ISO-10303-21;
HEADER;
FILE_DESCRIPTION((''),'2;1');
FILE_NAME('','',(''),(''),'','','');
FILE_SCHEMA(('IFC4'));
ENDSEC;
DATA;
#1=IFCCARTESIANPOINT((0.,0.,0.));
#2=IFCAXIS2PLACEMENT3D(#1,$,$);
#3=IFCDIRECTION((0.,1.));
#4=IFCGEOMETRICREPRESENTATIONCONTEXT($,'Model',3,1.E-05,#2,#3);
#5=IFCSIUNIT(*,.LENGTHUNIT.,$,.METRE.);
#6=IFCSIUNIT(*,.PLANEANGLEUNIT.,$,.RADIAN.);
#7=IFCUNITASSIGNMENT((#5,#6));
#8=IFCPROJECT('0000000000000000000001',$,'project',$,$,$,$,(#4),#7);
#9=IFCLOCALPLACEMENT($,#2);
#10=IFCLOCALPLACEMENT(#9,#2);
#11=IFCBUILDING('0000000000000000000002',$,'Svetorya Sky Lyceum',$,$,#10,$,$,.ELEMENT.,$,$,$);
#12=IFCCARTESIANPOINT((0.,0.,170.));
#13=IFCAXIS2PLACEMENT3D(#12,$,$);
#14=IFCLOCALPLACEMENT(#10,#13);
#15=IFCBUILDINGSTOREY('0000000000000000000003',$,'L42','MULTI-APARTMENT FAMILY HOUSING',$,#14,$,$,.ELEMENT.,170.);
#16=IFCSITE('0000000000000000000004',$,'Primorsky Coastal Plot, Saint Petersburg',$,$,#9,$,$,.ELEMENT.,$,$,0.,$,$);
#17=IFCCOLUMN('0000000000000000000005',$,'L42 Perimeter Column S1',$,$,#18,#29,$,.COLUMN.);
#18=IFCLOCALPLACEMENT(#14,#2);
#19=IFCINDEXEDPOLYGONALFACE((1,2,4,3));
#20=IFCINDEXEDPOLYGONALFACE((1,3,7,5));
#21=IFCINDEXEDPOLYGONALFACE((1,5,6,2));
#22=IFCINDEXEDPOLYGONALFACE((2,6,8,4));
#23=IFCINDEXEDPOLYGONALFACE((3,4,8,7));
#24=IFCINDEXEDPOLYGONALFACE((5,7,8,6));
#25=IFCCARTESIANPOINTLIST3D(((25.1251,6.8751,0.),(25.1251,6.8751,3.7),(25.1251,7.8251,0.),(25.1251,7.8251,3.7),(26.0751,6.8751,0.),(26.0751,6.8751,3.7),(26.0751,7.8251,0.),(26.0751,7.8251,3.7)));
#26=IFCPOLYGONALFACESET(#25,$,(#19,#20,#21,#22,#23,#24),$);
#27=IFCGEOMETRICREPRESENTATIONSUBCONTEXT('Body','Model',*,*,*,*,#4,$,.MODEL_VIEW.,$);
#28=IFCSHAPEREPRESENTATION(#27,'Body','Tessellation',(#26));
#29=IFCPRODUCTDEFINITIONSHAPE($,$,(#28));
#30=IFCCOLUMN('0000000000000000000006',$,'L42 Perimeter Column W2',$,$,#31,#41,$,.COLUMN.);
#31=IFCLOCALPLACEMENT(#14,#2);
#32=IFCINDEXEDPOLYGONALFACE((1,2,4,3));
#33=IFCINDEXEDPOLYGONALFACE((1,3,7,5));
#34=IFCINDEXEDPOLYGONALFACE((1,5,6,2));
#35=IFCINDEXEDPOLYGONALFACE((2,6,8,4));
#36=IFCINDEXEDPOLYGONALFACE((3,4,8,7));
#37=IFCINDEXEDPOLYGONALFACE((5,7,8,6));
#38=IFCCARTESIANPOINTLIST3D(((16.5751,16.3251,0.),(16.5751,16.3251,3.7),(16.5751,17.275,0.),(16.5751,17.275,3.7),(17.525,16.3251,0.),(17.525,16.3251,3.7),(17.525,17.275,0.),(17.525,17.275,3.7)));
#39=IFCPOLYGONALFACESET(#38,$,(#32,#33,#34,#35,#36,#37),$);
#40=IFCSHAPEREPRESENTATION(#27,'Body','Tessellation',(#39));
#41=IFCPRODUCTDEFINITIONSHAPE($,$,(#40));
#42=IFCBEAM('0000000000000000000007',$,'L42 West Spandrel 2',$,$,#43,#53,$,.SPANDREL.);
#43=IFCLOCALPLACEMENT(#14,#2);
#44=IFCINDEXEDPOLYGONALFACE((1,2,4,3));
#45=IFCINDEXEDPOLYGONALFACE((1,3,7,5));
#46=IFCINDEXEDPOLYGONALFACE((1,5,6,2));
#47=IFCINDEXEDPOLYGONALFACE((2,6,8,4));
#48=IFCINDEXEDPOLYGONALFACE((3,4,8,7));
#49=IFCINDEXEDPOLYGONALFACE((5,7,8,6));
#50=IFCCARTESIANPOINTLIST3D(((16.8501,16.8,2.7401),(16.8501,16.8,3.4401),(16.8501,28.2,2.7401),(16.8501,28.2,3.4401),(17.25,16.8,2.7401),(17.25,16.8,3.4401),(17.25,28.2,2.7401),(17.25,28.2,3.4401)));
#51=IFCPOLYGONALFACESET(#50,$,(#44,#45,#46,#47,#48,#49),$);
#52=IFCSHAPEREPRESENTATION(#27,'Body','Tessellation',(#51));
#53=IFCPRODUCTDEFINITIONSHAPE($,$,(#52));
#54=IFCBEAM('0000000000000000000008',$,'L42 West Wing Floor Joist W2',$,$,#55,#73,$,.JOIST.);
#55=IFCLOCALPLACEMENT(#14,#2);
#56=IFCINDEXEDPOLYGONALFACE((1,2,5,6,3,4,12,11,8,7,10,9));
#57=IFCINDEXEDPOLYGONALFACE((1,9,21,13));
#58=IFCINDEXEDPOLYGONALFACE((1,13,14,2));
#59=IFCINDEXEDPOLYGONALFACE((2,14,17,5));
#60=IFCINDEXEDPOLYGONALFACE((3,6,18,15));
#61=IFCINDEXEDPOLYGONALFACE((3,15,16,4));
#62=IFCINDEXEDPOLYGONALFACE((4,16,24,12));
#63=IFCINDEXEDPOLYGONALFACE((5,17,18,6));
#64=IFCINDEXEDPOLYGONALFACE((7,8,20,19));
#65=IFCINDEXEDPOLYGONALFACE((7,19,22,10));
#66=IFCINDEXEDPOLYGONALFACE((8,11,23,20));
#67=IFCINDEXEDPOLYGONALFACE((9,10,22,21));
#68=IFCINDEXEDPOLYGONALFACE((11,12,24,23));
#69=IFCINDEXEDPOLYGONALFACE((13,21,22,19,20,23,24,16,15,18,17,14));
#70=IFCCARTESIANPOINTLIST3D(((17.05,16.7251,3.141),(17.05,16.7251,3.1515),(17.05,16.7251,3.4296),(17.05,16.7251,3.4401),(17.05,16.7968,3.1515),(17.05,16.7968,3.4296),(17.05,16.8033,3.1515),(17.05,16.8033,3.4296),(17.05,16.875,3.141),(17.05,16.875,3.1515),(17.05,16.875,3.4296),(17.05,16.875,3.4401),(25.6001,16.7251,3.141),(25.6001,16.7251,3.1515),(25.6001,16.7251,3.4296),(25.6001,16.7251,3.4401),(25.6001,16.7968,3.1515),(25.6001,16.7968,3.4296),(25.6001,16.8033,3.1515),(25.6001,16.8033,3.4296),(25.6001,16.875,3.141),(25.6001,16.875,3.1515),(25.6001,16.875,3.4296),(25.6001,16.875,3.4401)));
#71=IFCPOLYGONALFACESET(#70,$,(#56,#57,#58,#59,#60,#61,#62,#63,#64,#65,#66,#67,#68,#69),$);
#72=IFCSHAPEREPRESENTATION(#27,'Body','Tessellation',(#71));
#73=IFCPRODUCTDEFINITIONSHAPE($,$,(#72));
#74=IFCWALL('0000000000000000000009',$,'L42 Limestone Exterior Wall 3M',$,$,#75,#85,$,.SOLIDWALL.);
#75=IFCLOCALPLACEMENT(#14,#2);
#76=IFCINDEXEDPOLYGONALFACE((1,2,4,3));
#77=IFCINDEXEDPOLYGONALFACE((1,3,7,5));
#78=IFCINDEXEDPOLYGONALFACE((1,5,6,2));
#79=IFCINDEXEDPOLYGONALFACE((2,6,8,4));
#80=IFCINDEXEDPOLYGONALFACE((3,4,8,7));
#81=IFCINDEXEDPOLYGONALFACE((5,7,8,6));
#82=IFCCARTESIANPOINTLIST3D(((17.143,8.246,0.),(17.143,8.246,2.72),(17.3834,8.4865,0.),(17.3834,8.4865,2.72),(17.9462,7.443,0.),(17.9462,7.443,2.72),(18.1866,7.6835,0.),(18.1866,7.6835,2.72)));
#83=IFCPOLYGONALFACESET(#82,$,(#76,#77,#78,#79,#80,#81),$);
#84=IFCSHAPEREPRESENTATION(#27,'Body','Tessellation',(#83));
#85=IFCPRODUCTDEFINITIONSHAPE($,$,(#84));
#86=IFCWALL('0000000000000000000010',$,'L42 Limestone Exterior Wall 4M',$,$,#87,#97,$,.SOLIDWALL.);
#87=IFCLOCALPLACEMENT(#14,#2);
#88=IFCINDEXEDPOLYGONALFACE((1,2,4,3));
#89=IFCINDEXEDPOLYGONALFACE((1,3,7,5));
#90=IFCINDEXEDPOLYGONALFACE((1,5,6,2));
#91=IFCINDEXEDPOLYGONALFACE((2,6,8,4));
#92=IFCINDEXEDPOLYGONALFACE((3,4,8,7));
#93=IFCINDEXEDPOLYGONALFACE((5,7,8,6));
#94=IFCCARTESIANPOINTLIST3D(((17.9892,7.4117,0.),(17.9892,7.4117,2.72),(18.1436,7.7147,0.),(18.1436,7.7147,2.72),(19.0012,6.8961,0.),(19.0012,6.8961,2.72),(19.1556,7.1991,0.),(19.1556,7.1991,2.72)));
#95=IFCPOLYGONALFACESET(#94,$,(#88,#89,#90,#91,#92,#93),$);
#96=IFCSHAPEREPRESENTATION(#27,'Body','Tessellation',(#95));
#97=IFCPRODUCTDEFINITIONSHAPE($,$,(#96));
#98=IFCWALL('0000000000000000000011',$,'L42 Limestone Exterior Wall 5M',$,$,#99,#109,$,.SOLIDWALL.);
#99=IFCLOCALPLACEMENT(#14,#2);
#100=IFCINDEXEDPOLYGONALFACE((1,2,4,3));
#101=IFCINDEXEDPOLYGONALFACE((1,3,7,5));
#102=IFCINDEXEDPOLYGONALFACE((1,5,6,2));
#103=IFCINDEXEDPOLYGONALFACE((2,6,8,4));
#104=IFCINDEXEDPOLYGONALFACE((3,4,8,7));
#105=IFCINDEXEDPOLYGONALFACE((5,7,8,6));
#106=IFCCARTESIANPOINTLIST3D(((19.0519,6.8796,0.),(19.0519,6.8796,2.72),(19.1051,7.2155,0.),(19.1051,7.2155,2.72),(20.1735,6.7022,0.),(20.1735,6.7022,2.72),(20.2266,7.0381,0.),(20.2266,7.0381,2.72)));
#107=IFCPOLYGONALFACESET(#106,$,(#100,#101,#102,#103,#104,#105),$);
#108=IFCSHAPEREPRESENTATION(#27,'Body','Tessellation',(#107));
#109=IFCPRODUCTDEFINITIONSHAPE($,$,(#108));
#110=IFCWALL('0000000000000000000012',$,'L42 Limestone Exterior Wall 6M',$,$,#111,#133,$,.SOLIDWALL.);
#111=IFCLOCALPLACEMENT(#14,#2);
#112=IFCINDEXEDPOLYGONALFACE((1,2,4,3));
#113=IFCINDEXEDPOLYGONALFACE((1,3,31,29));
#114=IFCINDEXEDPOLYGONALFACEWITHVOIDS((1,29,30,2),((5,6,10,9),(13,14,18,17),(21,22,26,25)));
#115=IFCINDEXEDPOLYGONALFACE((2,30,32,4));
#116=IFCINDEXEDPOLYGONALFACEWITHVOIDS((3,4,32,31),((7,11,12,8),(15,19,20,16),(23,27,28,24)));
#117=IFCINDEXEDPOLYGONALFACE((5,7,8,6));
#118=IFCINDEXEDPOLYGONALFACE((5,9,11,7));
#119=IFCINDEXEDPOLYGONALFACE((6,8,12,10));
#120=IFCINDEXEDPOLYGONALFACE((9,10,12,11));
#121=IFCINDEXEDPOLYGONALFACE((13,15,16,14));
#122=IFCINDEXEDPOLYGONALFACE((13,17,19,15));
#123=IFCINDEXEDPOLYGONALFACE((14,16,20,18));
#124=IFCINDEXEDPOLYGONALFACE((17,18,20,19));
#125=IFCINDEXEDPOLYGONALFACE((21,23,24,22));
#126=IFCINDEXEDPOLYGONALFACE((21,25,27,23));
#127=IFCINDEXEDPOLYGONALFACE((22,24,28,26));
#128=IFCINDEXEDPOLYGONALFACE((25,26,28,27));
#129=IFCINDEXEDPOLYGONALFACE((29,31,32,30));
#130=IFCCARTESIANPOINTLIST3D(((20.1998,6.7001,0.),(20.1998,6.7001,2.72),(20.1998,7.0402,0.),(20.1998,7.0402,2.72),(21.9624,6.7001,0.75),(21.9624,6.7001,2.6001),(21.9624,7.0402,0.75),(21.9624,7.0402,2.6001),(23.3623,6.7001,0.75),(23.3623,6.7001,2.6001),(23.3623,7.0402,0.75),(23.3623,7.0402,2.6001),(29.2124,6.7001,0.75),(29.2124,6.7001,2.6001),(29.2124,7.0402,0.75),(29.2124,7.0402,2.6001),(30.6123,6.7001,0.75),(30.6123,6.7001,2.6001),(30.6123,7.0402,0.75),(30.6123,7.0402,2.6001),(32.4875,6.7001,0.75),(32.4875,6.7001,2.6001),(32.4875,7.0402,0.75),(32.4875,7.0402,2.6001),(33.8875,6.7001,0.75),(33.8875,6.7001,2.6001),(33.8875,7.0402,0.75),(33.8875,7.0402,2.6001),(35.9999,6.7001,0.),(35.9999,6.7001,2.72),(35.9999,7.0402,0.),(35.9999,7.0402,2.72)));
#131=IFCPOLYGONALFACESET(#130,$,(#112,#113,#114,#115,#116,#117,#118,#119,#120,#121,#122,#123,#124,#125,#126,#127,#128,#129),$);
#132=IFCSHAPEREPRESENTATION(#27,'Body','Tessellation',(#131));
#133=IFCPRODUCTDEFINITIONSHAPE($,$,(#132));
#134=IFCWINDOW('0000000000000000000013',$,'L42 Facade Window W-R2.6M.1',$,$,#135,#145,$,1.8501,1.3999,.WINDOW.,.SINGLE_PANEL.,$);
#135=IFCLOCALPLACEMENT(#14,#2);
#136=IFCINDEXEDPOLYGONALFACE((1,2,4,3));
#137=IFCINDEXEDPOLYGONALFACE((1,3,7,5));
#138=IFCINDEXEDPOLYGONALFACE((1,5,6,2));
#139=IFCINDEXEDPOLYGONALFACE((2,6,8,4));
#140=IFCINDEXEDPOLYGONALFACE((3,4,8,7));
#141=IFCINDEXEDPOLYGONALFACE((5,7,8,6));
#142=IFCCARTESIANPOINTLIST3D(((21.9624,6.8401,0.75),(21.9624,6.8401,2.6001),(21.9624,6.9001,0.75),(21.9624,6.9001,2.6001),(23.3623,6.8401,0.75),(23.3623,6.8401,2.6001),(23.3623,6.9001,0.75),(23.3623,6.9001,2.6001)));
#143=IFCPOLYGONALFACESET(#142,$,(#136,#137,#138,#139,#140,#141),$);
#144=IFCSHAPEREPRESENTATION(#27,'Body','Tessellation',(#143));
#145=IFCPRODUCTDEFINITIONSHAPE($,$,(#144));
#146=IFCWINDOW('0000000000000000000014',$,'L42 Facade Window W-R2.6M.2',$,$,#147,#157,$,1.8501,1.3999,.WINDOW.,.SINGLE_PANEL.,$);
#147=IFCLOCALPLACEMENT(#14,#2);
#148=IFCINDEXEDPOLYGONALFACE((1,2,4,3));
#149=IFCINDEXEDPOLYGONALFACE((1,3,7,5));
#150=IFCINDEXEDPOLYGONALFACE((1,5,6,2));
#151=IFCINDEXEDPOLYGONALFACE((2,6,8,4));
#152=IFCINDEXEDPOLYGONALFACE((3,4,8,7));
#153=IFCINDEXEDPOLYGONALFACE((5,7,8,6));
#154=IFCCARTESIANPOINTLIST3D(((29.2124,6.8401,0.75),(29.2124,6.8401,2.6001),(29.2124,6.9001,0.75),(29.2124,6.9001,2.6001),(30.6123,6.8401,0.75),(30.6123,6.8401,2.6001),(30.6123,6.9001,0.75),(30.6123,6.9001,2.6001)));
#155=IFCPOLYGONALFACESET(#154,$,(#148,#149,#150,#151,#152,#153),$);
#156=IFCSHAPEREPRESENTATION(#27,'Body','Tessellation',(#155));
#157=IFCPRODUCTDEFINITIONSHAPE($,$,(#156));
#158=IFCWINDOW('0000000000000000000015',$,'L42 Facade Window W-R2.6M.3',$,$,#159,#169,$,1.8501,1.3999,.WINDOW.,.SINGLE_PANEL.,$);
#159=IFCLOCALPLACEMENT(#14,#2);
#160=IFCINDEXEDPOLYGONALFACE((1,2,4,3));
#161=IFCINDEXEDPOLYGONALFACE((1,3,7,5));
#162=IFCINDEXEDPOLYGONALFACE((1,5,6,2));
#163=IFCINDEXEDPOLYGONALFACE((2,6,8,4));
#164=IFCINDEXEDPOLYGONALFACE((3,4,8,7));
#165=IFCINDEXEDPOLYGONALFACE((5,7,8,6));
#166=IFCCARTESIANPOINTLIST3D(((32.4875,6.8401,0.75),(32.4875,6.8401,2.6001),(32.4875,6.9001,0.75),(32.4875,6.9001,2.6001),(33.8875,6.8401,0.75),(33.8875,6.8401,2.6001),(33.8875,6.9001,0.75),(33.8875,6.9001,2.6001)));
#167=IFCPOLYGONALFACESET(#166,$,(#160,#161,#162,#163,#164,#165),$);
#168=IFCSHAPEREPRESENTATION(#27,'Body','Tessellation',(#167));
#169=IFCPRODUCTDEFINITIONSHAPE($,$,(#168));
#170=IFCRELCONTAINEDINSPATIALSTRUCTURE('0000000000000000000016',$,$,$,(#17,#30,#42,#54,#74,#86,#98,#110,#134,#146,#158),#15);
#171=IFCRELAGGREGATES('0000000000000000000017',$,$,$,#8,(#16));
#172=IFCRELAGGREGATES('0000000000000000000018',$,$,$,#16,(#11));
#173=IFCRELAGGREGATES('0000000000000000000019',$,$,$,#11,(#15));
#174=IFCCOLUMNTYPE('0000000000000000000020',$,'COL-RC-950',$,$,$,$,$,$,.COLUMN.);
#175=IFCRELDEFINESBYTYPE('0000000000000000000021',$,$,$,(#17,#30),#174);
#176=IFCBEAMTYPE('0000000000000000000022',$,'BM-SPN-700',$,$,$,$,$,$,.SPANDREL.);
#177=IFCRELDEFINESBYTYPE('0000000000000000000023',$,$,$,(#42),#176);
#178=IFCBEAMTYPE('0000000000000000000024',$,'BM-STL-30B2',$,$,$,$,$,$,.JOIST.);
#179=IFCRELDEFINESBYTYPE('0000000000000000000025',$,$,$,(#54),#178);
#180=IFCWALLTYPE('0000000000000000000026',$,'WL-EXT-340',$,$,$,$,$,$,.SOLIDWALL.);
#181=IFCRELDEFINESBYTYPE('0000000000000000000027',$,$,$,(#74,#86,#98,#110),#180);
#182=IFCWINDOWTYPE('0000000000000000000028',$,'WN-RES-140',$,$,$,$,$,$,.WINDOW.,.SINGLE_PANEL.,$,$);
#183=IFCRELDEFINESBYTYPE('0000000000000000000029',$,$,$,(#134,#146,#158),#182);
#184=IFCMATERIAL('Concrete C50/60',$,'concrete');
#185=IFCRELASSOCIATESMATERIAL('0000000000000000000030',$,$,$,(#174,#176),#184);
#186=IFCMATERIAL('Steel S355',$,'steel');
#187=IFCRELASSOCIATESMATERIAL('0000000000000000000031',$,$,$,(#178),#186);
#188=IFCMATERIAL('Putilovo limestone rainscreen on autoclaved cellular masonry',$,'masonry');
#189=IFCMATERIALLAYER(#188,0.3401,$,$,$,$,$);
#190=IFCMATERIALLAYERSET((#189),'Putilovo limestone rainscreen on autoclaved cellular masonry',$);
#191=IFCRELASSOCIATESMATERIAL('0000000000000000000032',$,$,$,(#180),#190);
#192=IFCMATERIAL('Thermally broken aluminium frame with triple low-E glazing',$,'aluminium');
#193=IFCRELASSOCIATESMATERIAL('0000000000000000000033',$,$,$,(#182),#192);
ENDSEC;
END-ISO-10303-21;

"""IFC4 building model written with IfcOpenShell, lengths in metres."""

from ifc_helpers import new_model, si_unit, direction, frame, frame_2d, origin, origin_2d, place, context, subcontext, project, spatial, rectangle, i_section, extrude, material, layer, layer_set, material_profile, profile_set, type_object, element, fill, save


model = new_model("IFC4")

# Units and contexts
model_context = context("Model", 3, precision=1e-05, world=origin(), true_north=direction((0.0, 1.0)))
body_context = subcontext(model_context, "Body", "Model", "MODEL_VIEW")
ifc_project = project(units=[si_unit("LENGTHUNIT", "METRE"), si_unit("PLANEANGLEUNIT", "RADIAN")], contexts=[model_context])

# Site, building, storey
site_placement = place(None, origin())
site = spatial("IfcSite", under=ifc_project, at=site_placement, Name="Primorsky Coastal Plot, Saint Petersburg", CompositionType="ELEMENT", RefElevation=0.0)
building_placement = place(site_placement, origin())
building = spatial("IfcBuilding", under=site, at=building_placement, Name="Svetorya Sky Lyceum", CompositionType="ELEMENT")
storey_placement = place(building_placement, frame((0.0, 0.0, 170.0)))
storey = spatial("IfcBuildingStorey", under=building, at=storey_placement, Name="L42", Description="MULTI-APARTMENT FAMILY HOUSING", CompositionType="ELEMENT", Elevation=170.0)

# Columns
ifc_material_1 = material(Name="Concrete C50/60", Category="concrete")
ifc_material_profile_1 = material_profile(ifc_material_1, rectangle(XDim=0.95, YDim=0.95, at=origin_2d()), Name="RC COL 950x950")
ifc_profile_set_1 = profile_set([ifc_material_profile_1], Name="Concrete C50/60")
column_type = type_object("IfcColumnType", Name="COL-RC-950", PredefinedType="COLUMN", material=ifc_profile_set_1)
for number, where, z_axis, x_axis, name in (
    (1, (25.6001, 7.3501, 0.0), (0.0, 0.0, 1.0), (1.0, 0.0, 0.0), "L42 Perimeter Column S1"),
    (2, (17.05, 16.8, 0.0), (0.0, 0.0, 1.0), (1.0, 0.0, 0.0), "L42 Perimeter Column W2"),
):
    element("IfcColumn", number, at=place(storey_placement, frame(where, z_axis=z_axis, x_axis=x_axis)), inside=storey, type_object=column_type, Name=name, PredefinedType="COLUMN", context=body_context, shape_type="SweptSolid", body=[
        extrude(rectangle(XDim=0.95, YDim=0.95, at=origin_2d()), origin(), (0.0, 0.0, 1.0), 3.7),
    ])

# Beams
ifc_material_profile_2 = material_profile(ifc_material_1, rectangle(XDim=0.3999, YDim=0.7, at=origin_2d()), Name="RC SPANDREL 400x700")
ifc_profile_set_2 = profile_set([ifc_material_profile_2], Name="Concrete C50/60")
beam_type_1 = type_object("IfcBeamType", Name="BM-SPN-700", PredefinedType="SPANDREL", material=ifc_profile_set_2)
beam_1_placement = place(storey_placement, frame((17.05, 16.8, 3.0901), z_axis=(0.0, 1.0, 0.0), x_axis=(-1.0, 0.0, 0.0)))
element("IfcBeam", 3, at=beam_1_placement, inside=storey, type_object=beam_type_1, Name="L42 West Spandrel 2", PredefinedType="SPANDREL", context=body_context, shape_type="SweptSolid", body=[
    extrude(rectangle(XDim=0.3999, YDim=0.7, at=origin_2d()), origin(), (0.0, 0.0, 1.0), 11.3999),
])
ifc_material_2 = material(Name="Steel S355", Category="steel")
ifc_material_profile_3 = material_profile(ifc_material_2, i_section(OverallWidth=0.1499, OverallDepth=0.2991, WebThickness=0.0066, FlangeThickness=0.0105, at=origin_2d()), Name="GOST 30B2")
ifc_profile_set_3 = profile_set([ifc_material_profile_3], Name="Steel S355")
beam_type_2 = type_object("IfcBeamType", Name="BM-STL-30B2", PredefinedType="JOIST", material=ifc_profile_set_3)
beam_2_placement = place(storey_placement, frame((17.05, 16.8, 3.2905), z_axis=(1.0, 0.0, 0.0), x_axis=(0.0, 1.0, 0.0)))
element("IfcBeam", 4, at=beam_2_placement, inside=storey, type_object=beam_type_2, Name="L42 West Wing Floor Joist W2", PredefinedType="JOIST", context=body_context, shape_type="SweptSolid", body=[
    extrude(i_section(OverallWidth=0.1499, OverallDepth=0.2991, WebThickness=0.0066, FlangeThickness=0.0105, at=origin_2d()), origin(), (0.0, 0.0, 1.0), 8.55),
])

# Walls
ifc_material_3 = material(Name="Putilovo limestone rainscreen on autoclaved cellular masonry", Category="masonry")
ifc_layer_1 = layer(ifc_material_3, 0.3401)
ifc_layer_set_1 = layer_set([ifc_layer_1], Name="Putilovo limestone rainscreen on autoclaved cellular masonry")
wall_type_1 = type_object("IfcWallType", Name="WL-EXT-340", PredefinedType="SOLIDWALL", material=ifc_layer_set_1)
for number, where, z_axis, x_axis, name in (
    (5, (17.2632, 8.3662, 0.0), (0.0, 0.0, 1.0), (0.707214, -0.706999, 0.0), "L42 Limestone Exterior Wall 3M"),
    (6, (18.0664, 7.5632, 0.0), (0.0, 0.0, 1.0), (0.891005, -0.453993, 0.0), "L42 Limestone Exterior Wall 4M"),
):
    element("IfcWall", number, at=place(storey_placement, frame(where, z_axis=z_axis, x_axis=x_axis)), inside=storey, type_object=wall_type_1, Name=name, PredefinedType="SOLIDWALL", context=body_context, shape_type="SweptSolid", body=[
        extrude(rectangle(XDim=1.1357, YDim=0.3401, at=frame_2d((0.5679, 0.0))), origin(), (0.0, 0.0, 1.0), 2.72),
    ])
wall_1_placement = place(storey_placement, frame((19.0784, 7.0476, 0.0), z_axis=(0.0, 0.0, 1.0), x_axis=(0.987709, -0.156305, 0.0)))
element("IfcWall", 7, at=wall_1_placement, inside=storey, type_object=wall_type_1, Name="L42 Limestone Exterior Wall 5M", PredefinedType="SOLIDWALL", context=body_context, shape_type="SweptSolid", body=[
    extrude(rectangle(XDim=1.1355, YDim=0.3401, at=frame_2d((0.5679, 0.0))), origin(), (0.0, 0.0, 1.0), 2.72),
])

# Wall, openings, windows
wall_2_placement = place(storey_placement, frame((20.2, 6.8701, 0.0), z_axis=(0.0, 0.0, 1.0), x_axis=(1.0, 0.0, 0.0)))
wall_2 = element("IfcWall", 8, at=wall_2_placement, inside=storey, type_object=wall_type_1, Name="L42 Limestone Exterior Wall 6M", PredefinedType="SOLIDWALL", context=body_context, shape_type="SweptSolid", body=[
    extrude(rectangle(XDim=15.8, YDim=0.3401, at=frame_2d((7.8999, 0.0))), origin(), (0.0, 0.0, 1.0), 2.72),
])
opening_1_placement = place(wall_2_placement, frame((1.7625, 0.0, 0.75)))
opening_1 = element("IfcOpeningElement", 9, at=opening_1_placement, cuts=wall_2, PredefinedType="OPENING", context=body_context, shape_type="SweptSolid", body=[
    extrude(rectangle(XDim=1.3999, YDim=1.8501, at=frame_2d((0.7, 0.925))), frame((0.0, 0.1799, 0.0), z_axis=(0.0, -1.0, 0.0), x_axis=(1.0, 0.0, 0.0)), (0.0, 0.0, 1.0), 0.3601),
])
opening_2_placement = place(wall_2_placement, frame((9.0125, 0.0, 0.75)))
opening_2 = element("IfcOpeningElement", 10, at=opening_2_placement, cuts=wall_2, PredefinedType="OPENING", context=body_context, shape_type="SweptSolid", body=[
    extrude(rectangle(XDim=1.3999, YDim=1.8501, at=frame_2d((0.7, 0.925))), frame((0.0, 0.1799, 0.0), z_axis=(0.0, -1.0, 0.0), x_axis=(1.0, 0.0, 0.0)), (0.0, 0.0, 1.0), 0.3601),
])
opening_3_placement = place(wall_2_placement, frame((12.2876, 0.0, 0.75)))
opening_3 = element("IfcOpeningElement", 11, at=opening_3_placement, cuts=wall_2, PredefinedType="OPENING", context=body_context, shape_type="SweptSolid", body=[
    extrude(rectangle(XDim=1.3999, YDim=1.8501, at=frame_2d((0.7, 0.925))), frame((0.0, 0.1799, 0.0), z_axis=(0.0, -1.0, 0.0), x_axis=(1.0, 0.0, 0.0)), (0.0, 0.0, 1.0), 0.3601),
])
ifc_material_4 = material(Name="Thermally broken aluminium frame with triple low-E glazing", Category="aluminium")
window_type = type_object("IfcWindowType", Name="WN-RES-140", PartitioningType="SINGLE_PANEL", PredefinedType="WINDOW", material=ifc_material_4)
window_1_placement = place(opening_1_placement, origin())
window_1 = element("IfcWindow", 12, at=window_1_placement, inside=storey, type_object=window_type, Name="L42 Facade Window W-R2.6M.1", OverallHeight=1.8501, OverallWidth=1.3999, PartitioningType="SINGLE_PANEL", PredefinedType="WINDOW", context=body_context, shape_type="SweptSolid", body=[
    extrude(rectangle(XDim=1.3999, YDim=1.8501, at=frame_2d((0.7, 0.925))), frame((0.0, 0.03, 0.0), z_axis=(0.0, -1.0, 0.0), x_axis=(1.0, 0.0, 0.0)), (0.0, 0.0, 1.0), 0.0601),
])
fill(opening_1, window_1)
window_2_placement = place(opening_2_placement, origin())
window_2 = element("IfcWindow", 13, at=window_2_placement, inside=storey, type_object=window_type, Name="L42 Facade Window W-R2.6M.2", OverallHeight=1.8501, OverallWidth=1.3999, PartitioningType="SINGLE_PANEL", PredefinedType="WINDOW", context=body_context, shape_type="SweptSolid", body=[
    extrude(rectangle(XDim=1.3999, YDim=1.8501, at=frame_2d((0.7, 0.925))), frame((0.0, 0.03, 0.0), z_axis=(0.0, -1.0, 0.0), x_axis=(1.0, 0.0, 0.0)), (0.0, 0.0, 1.0), 0.0601),
])
fill(opening_2, window_2)
window_3_placement = place(opening_3_placement, origin())
window_3 = element("IfcWindow", 14, at=window_3_placement, inside=storey, type_object=window_type, Name="L42 Facade Window W-R2.6M.3", OverallHeight=1.8501, OverallWidth=1.3999, PartitioningType="SINGLE_PANEL", PredefinedType="WINDOW", context=body_context, shape_type="SweptSolid", body=[
    extrude(rectangle(XDim=1.3999, YDim=1.8501, at=frame_2d((0.7, 0.925))), frame((0.0, 0.03, 0.0), z_axis=(0.0, -1.0, 0.0), x_axis=(1.0, 0.0, 0.0)), (0.0, 0.0, 1.0), 0.0601),
])
fill(opening_3, window_3)

save(model, "model.ifc")
